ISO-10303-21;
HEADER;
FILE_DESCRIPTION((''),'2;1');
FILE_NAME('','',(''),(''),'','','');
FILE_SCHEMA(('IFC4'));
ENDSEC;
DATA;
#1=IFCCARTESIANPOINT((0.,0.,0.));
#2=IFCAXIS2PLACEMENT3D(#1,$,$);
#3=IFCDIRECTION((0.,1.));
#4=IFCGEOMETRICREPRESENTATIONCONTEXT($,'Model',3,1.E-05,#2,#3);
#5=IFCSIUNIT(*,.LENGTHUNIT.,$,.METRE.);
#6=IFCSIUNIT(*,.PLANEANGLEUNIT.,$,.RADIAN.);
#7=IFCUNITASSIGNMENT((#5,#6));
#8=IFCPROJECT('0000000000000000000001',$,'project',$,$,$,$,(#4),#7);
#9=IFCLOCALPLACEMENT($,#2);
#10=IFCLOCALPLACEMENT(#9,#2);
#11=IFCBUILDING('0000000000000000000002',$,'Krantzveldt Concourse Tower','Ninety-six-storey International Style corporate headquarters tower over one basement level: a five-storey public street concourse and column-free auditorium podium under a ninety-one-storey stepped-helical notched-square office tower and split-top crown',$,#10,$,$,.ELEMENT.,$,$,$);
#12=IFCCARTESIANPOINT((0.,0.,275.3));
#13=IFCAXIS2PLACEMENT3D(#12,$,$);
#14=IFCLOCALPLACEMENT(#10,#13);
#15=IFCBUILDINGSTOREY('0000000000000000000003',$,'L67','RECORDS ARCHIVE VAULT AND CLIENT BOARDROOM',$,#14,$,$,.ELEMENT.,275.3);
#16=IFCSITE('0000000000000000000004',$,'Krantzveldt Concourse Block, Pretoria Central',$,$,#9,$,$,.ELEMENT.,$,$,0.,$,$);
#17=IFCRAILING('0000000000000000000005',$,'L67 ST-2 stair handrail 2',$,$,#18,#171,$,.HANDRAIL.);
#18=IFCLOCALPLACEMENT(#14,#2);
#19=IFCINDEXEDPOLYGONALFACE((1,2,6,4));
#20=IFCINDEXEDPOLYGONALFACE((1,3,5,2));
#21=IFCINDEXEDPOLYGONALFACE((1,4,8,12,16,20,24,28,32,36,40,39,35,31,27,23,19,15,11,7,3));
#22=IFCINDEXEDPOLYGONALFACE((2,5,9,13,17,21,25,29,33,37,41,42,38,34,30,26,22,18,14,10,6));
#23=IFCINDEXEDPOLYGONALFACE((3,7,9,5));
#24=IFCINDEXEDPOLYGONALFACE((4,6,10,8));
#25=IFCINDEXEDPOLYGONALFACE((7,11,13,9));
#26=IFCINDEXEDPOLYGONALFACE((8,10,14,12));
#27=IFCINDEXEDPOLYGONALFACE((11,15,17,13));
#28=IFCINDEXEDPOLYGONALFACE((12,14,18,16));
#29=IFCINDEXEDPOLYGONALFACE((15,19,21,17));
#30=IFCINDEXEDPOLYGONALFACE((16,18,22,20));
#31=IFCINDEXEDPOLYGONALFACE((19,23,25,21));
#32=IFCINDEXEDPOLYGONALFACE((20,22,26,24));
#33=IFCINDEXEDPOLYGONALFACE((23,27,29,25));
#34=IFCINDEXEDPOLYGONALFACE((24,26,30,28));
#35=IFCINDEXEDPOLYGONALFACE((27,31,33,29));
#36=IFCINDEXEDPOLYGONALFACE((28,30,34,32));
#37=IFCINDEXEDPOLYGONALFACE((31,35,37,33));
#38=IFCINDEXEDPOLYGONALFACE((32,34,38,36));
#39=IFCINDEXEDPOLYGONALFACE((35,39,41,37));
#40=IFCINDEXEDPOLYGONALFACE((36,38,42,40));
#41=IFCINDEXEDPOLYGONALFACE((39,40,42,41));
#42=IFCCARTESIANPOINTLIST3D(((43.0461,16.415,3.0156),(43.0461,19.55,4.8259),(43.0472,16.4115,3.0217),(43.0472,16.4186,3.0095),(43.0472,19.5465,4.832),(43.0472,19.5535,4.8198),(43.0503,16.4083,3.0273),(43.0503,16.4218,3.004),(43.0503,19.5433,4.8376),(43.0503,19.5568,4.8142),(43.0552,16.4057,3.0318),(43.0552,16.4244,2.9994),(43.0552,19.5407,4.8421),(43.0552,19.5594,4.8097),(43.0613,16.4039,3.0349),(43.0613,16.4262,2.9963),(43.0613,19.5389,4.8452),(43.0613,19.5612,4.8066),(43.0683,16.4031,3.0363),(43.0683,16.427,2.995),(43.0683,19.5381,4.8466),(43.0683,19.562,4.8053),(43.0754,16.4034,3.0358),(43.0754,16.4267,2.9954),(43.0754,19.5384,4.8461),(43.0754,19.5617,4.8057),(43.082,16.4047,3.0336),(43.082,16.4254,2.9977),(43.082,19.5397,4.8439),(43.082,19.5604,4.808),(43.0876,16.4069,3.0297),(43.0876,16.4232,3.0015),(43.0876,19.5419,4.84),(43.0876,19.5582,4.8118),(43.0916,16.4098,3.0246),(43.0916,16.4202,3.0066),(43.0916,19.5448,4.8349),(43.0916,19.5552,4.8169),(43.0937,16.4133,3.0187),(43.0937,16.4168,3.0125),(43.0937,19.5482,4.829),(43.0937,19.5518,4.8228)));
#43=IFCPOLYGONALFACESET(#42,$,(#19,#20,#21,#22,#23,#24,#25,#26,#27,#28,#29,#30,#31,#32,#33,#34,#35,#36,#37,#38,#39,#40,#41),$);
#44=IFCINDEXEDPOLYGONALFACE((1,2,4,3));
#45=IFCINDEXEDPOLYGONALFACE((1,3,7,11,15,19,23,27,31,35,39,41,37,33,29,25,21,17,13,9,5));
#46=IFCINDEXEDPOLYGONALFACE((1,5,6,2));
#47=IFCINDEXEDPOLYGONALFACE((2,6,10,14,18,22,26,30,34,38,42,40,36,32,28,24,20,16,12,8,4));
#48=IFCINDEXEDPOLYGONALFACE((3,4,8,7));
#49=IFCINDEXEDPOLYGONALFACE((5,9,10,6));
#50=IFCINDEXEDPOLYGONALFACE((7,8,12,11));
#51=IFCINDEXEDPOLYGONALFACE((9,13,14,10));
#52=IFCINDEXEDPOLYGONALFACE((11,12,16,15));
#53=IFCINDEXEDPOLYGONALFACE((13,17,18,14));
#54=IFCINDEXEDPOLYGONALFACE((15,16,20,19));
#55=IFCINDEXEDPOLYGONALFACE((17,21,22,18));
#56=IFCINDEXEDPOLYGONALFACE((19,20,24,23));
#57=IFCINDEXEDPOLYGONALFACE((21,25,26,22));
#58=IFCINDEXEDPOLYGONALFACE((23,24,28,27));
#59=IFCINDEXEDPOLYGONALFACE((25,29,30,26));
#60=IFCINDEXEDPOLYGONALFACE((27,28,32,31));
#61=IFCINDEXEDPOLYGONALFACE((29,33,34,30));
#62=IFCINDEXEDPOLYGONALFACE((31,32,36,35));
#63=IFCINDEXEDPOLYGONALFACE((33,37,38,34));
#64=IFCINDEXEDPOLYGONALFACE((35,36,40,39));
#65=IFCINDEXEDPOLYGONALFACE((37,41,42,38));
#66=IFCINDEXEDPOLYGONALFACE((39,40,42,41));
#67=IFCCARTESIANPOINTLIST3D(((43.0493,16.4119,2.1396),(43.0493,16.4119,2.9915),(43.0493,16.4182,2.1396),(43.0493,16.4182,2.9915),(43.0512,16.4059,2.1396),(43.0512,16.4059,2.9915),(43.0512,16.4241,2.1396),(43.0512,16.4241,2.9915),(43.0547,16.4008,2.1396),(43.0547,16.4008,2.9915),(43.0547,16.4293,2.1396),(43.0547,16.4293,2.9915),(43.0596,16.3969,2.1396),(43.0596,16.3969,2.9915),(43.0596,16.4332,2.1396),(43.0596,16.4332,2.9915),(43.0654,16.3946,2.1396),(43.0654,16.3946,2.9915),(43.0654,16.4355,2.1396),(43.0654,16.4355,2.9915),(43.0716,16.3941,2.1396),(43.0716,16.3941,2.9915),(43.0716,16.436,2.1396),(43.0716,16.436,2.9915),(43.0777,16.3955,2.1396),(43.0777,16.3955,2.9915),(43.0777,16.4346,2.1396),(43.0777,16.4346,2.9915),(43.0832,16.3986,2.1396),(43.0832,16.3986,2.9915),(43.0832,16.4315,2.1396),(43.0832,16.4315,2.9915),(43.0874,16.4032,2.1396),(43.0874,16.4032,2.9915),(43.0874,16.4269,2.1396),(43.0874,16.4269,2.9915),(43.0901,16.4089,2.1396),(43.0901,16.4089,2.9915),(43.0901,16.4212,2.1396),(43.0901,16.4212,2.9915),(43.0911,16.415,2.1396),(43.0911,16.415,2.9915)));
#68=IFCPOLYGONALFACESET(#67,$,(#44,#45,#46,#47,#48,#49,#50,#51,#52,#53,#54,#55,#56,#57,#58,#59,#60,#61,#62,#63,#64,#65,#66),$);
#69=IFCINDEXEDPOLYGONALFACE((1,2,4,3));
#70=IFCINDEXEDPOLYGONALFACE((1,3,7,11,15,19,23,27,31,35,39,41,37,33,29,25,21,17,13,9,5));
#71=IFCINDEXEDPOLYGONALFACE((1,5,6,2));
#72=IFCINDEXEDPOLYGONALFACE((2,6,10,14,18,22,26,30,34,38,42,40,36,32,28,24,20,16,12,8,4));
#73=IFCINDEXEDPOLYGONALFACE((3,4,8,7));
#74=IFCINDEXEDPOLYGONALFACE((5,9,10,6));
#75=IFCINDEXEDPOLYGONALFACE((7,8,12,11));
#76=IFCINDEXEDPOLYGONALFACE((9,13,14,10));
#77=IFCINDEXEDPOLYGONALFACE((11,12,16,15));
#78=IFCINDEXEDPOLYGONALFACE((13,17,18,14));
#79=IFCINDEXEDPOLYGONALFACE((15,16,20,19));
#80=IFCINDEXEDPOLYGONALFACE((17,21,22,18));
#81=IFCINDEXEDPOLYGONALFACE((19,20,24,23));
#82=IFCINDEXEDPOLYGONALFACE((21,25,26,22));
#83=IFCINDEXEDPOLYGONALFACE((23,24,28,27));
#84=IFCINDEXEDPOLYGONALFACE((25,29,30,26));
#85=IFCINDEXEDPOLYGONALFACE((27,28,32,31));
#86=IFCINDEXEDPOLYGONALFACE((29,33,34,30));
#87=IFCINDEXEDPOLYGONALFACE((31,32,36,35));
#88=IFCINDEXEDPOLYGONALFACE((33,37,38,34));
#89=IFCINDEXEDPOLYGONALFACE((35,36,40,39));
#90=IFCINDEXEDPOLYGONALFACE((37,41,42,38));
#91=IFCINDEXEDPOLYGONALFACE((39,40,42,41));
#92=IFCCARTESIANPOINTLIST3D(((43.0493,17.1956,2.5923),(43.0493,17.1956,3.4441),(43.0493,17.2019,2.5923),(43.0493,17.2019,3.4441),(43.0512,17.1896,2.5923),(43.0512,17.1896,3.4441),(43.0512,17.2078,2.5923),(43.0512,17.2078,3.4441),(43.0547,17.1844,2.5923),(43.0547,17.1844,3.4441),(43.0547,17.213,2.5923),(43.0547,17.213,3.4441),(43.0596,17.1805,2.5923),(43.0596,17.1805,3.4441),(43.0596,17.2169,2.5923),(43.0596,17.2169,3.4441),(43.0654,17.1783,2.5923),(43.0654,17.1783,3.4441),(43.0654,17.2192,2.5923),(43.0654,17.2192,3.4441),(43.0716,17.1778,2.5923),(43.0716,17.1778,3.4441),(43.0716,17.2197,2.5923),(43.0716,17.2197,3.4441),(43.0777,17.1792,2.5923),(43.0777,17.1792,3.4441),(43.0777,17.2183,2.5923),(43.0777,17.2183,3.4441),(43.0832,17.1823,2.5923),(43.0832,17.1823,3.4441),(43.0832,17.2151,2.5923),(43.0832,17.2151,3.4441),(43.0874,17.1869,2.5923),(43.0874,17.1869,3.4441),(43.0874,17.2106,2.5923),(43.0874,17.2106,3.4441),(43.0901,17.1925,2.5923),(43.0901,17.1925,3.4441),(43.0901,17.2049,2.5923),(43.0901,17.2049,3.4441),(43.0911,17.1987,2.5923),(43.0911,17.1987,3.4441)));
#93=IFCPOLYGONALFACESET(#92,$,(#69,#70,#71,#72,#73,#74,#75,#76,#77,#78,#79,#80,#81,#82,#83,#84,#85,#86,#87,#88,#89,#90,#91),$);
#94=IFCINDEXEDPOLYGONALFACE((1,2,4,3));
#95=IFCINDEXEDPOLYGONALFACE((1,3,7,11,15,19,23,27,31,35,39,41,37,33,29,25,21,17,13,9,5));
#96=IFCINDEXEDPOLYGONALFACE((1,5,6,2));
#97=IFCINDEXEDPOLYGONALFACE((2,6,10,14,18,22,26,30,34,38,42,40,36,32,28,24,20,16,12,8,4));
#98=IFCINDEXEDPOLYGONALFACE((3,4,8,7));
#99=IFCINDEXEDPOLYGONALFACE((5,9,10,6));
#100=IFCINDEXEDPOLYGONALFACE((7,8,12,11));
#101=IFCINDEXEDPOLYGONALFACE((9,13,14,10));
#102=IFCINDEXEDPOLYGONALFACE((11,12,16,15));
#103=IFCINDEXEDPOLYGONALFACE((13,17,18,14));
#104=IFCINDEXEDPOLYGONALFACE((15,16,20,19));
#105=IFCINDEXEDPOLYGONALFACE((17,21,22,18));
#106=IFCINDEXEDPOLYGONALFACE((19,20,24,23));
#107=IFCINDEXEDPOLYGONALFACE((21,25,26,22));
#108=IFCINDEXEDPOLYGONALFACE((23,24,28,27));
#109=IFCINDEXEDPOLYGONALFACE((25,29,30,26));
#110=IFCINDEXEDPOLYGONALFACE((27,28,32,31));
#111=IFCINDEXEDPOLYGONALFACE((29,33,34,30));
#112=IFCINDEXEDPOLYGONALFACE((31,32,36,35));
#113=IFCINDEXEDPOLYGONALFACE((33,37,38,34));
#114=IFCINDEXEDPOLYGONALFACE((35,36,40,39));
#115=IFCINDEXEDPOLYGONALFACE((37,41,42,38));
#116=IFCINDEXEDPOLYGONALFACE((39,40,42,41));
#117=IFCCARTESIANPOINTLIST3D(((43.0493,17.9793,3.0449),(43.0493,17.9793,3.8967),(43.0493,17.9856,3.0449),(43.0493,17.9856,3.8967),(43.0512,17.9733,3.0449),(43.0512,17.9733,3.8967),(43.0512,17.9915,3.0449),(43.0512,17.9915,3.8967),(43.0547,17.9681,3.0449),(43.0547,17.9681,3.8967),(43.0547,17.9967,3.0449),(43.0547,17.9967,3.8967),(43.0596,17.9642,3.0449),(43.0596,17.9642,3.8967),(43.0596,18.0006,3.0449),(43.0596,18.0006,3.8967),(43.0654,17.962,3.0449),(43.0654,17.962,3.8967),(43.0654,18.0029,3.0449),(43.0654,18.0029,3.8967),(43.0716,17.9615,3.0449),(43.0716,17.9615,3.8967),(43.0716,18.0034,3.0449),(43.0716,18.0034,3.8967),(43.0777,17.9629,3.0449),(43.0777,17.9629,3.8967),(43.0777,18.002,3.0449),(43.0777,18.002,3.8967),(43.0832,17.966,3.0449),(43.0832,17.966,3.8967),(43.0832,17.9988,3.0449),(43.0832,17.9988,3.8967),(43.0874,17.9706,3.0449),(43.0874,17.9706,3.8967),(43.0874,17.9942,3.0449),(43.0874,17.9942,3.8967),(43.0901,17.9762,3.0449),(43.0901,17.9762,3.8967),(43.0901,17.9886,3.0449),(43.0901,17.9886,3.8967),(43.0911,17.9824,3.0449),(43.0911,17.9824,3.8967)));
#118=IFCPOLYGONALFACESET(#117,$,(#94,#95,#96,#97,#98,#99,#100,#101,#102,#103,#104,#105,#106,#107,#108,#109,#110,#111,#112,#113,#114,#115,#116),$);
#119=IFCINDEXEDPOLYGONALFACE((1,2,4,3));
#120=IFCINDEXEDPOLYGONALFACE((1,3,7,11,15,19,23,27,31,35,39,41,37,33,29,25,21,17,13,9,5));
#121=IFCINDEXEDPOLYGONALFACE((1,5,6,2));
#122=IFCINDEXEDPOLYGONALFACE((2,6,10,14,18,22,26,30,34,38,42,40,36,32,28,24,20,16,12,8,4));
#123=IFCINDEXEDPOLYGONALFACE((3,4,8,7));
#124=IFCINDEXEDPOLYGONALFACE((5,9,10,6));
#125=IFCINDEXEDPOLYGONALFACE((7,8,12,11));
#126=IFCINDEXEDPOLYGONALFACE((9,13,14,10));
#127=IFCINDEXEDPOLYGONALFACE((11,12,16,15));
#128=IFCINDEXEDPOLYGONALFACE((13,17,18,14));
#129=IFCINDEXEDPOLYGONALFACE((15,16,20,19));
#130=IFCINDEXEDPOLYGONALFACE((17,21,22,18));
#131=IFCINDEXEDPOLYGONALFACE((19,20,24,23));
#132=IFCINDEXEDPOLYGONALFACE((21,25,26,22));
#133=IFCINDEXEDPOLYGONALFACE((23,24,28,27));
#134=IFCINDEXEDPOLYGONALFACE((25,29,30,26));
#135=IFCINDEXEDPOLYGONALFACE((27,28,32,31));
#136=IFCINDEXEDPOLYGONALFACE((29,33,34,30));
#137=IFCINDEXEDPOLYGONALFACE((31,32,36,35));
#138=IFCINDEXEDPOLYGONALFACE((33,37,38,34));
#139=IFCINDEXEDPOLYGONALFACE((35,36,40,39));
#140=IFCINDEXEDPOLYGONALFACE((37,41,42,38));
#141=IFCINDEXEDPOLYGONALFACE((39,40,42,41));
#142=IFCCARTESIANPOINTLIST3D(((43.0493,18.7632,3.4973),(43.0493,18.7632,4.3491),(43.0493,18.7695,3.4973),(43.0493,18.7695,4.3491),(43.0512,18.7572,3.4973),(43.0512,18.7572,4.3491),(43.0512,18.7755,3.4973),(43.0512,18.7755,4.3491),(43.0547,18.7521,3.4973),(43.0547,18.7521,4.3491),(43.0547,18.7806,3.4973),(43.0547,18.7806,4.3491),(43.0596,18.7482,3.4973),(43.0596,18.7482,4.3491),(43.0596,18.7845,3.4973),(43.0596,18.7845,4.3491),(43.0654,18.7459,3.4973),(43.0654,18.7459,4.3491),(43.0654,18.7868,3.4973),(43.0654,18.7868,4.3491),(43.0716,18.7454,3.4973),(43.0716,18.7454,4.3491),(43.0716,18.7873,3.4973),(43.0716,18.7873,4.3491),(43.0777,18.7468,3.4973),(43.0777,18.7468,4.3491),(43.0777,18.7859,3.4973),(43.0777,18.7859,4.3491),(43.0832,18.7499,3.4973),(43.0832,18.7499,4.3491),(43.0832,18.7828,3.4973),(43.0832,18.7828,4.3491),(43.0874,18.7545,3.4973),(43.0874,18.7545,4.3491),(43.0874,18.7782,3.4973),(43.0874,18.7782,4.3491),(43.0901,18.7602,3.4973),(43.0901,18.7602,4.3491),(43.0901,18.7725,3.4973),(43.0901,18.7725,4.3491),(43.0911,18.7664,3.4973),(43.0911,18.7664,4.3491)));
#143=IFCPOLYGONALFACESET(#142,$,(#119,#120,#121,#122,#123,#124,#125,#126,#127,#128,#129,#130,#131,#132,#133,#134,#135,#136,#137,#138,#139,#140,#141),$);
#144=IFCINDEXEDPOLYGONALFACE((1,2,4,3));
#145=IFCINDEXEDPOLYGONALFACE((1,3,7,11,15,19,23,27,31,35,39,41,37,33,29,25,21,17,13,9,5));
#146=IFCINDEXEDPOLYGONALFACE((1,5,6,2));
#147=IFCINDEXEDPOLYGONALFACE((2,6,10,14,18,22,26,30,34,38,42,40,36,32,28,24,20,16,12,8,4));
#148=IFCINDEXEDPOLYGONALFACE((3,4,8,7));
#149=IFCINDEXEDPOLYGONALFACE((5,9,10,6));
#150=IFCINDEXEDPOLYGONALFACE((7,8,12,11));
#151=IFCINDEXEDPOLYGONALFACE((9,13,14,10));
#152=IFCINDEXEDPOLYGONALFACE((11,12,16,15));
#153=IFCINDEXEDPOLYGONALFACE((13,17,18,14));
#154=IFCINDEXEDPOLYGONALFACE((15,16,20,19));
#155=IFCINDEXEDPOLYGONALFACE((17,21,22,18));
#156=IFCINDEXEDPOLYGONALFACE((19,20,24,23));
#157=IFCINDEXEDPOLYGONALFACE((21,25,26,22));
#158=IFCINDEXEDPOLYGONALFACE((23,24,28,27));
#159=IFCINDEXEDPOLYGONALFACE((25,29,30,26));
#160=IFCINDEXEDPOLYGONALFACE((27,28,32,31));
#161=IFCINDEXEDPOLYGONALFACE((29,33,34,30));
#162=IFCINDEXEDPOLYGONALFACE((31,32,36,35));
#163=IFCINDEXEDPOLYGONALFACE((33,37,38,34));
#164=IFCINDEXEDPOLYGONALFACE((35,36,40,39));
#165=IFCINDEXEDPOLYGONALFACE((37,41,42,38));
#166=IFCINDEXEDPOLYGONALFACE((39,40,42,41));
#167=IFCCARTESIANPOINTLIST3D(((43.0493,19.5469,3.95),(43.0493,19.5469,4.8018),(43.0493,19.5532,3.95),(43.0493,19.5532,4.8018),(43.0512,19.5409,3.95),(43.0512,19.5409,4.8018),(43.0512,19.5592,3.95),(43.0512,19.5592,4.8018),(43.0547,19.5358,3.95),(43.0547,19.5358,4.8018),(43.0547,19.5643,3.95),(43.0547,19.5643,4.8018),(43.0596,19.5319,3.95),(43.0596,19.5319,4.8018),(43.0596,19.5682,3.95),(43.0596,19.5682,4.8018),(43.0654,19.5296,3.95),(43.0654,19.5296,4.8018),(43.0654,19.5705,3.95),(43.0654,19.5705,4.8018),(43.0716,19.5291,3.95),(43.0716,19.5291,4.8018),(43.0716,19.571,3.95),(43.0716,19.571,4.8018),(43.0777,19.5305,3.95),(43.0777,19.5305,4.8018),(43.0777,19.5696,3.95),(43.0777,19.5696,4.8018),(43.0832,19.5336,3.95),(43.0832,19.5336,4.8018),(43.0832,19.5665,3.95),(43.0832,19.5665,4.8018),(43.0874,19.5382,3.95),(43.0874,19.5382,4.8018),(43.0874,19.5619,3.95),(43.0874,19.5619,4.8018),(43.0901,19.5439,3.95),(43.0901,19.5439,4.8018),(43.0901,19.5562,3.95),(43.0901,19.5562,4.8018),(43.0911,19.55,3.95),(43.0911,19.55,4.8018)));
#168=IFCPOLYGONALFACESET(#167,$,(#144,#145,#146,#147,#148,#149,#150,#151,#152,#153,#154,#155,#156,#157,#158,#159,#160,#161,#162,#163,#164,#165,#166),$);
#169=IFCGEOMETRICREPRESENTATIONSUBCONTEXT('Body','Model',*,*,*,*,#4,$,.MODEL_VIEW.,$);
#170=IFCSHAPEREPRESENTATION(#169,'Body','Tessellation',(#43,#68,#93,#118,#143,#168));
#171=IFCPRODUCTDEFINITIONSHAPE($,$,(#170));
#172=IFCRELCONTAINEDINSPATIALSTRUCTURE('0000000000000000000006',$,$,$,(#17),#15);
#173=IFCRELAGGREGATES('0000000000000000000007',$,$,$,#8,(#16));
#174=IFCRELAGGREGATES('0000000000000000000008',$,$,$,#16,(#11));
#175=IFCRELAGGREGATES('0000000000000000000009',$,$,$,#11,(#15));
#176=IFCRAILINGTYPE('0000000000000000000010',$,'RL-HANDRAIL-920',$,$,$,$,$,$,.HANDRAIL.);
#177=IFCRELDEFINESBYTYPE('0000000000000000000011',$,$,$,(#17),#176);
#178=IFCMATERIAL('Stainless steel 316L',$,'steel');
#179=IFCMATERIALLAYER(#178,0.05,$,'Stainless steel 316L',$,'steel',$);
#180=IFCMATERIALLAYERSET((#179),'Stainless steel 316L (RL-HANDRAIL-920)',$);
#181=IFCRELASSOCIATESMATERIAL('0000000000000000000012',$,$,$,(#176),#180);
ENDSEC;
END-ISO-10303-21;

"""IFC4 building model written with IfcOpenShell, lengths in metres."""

from ifc_helpers import new_model, si_unit, direction, frame, origin, origin_2d, place, context, subcontext, project, spatial, circle, extrude, material, layer, layer_set, type_object, element, save


model = new_model("IFC4")

# Units and contexts
model_context = context("Model", 3, precision=1e-05, world=origin(), true_north=direction((0.0, 1.0)))
body_context = subcontext(model_context, "Body", "Model", "MODEL_VIEW")
ifc_project = project(units=[si_unit("LENGTHUNIT", "METRE"), si_unit("PLANEANGLEUNIT", "RADIAN")], contexts=[model_context])

# Site, building, storey
site_placement = place(None, origin())
site = spatial("IfcSite", under=ifc_project, at=site_placement, Name="Krantzveldt Concourse Block, Pretoria Central", CompositionType="ELEMENT", RefElevation=0.0)
building_placement = place(site_placement, origin())
building = spatial("IfcBuilding", under=site, at=building_placement, Name="Krantzveldt Concourse Tower", Description="Ninety-six-storey International Style corporate headquarters tower over one basement level: a five-storey public street concourse and column-free auditorium podium under a ninety-one-storey stepped-helical notched-square office tower and split-top crown", CompositionType="ELEMENT")
storey_placement = place(building_placement, frame((0.0, 0.0, 275.3)))
storey = spatial("IfcBuildingStorey", under=building, at=storey_placement, Name="L67", Description="RECORDS ARCHIVE VAULT AND CLIENT BOARDROOM", CompositionType="ELEMENT", Elevation=275.3)

# Railing
ifc_material_1 = material(Name="Stainless steel 316L", Category="steel")
ifc_layer_1 = layer(ifc_material_1, 0.05, Name="Stainless steel 316L", Category="steel")
ifc_layer_set_1 = layer_set([ifc_layer_1], Name="Stainless steel 316L (RL-HANDRAIL-920)")
railing_type_1 = type_object("IfcRailingType", Name="RL-HANDRAIL-920", PredefinedType="HANDRAIL", material=ifc_layer_set_1)
railing_1_placement = place(storey_placement, frame((43.0701, 16.415, 2.1396)))
element("IfcRailing", 1, at=railing_1_placement, inside=storey, type_object=railing_type_1, Name="L67 ST-2 stair handrail 2", PredefinedType="HANDRAIL", context=body_context, shape_type="SweptSolid", body=[
    extrude(circle(Radius=0.0239, at=origin_2d()), frame((0.0, 0.0, 0.876), z_axis=(0.0, 0.865989, 0.500063), x_axis=(-1.0, 0.0, 0.0)), (0.0, 0.0, 1.0), 3.6201),
    extrude(circle(Radius=0.021, at=origin_2d()), origin(), (0.0, 0.0, 1.0), 0.8518),
    extrude(circle(Radius=0.021, at=origin_2d()), frame((0.0, 0.7837, 0.4526)), (0.0, 0.0, 1.0), 0.8518),
    extrude(circle(Radius=0.021, at=origin_2d()), frame((0.0, 1.5674, 0.9053)), (0.0, 0.0, 1.0), 0.8518),
    extrude(circle(Radius=0.021, at=origin_2d()), frame((0.0, 2.3513, 1.3577)), (0.0, 0.0, 1.0), 0.8518),
    extrude(circle(Radius=0.021, at=origin_2d()), frame((0.0, 3.135, 1.8103)), (0.0, 0.0, 1.0), 0.8518),
])

save(model, "model.ifc")
